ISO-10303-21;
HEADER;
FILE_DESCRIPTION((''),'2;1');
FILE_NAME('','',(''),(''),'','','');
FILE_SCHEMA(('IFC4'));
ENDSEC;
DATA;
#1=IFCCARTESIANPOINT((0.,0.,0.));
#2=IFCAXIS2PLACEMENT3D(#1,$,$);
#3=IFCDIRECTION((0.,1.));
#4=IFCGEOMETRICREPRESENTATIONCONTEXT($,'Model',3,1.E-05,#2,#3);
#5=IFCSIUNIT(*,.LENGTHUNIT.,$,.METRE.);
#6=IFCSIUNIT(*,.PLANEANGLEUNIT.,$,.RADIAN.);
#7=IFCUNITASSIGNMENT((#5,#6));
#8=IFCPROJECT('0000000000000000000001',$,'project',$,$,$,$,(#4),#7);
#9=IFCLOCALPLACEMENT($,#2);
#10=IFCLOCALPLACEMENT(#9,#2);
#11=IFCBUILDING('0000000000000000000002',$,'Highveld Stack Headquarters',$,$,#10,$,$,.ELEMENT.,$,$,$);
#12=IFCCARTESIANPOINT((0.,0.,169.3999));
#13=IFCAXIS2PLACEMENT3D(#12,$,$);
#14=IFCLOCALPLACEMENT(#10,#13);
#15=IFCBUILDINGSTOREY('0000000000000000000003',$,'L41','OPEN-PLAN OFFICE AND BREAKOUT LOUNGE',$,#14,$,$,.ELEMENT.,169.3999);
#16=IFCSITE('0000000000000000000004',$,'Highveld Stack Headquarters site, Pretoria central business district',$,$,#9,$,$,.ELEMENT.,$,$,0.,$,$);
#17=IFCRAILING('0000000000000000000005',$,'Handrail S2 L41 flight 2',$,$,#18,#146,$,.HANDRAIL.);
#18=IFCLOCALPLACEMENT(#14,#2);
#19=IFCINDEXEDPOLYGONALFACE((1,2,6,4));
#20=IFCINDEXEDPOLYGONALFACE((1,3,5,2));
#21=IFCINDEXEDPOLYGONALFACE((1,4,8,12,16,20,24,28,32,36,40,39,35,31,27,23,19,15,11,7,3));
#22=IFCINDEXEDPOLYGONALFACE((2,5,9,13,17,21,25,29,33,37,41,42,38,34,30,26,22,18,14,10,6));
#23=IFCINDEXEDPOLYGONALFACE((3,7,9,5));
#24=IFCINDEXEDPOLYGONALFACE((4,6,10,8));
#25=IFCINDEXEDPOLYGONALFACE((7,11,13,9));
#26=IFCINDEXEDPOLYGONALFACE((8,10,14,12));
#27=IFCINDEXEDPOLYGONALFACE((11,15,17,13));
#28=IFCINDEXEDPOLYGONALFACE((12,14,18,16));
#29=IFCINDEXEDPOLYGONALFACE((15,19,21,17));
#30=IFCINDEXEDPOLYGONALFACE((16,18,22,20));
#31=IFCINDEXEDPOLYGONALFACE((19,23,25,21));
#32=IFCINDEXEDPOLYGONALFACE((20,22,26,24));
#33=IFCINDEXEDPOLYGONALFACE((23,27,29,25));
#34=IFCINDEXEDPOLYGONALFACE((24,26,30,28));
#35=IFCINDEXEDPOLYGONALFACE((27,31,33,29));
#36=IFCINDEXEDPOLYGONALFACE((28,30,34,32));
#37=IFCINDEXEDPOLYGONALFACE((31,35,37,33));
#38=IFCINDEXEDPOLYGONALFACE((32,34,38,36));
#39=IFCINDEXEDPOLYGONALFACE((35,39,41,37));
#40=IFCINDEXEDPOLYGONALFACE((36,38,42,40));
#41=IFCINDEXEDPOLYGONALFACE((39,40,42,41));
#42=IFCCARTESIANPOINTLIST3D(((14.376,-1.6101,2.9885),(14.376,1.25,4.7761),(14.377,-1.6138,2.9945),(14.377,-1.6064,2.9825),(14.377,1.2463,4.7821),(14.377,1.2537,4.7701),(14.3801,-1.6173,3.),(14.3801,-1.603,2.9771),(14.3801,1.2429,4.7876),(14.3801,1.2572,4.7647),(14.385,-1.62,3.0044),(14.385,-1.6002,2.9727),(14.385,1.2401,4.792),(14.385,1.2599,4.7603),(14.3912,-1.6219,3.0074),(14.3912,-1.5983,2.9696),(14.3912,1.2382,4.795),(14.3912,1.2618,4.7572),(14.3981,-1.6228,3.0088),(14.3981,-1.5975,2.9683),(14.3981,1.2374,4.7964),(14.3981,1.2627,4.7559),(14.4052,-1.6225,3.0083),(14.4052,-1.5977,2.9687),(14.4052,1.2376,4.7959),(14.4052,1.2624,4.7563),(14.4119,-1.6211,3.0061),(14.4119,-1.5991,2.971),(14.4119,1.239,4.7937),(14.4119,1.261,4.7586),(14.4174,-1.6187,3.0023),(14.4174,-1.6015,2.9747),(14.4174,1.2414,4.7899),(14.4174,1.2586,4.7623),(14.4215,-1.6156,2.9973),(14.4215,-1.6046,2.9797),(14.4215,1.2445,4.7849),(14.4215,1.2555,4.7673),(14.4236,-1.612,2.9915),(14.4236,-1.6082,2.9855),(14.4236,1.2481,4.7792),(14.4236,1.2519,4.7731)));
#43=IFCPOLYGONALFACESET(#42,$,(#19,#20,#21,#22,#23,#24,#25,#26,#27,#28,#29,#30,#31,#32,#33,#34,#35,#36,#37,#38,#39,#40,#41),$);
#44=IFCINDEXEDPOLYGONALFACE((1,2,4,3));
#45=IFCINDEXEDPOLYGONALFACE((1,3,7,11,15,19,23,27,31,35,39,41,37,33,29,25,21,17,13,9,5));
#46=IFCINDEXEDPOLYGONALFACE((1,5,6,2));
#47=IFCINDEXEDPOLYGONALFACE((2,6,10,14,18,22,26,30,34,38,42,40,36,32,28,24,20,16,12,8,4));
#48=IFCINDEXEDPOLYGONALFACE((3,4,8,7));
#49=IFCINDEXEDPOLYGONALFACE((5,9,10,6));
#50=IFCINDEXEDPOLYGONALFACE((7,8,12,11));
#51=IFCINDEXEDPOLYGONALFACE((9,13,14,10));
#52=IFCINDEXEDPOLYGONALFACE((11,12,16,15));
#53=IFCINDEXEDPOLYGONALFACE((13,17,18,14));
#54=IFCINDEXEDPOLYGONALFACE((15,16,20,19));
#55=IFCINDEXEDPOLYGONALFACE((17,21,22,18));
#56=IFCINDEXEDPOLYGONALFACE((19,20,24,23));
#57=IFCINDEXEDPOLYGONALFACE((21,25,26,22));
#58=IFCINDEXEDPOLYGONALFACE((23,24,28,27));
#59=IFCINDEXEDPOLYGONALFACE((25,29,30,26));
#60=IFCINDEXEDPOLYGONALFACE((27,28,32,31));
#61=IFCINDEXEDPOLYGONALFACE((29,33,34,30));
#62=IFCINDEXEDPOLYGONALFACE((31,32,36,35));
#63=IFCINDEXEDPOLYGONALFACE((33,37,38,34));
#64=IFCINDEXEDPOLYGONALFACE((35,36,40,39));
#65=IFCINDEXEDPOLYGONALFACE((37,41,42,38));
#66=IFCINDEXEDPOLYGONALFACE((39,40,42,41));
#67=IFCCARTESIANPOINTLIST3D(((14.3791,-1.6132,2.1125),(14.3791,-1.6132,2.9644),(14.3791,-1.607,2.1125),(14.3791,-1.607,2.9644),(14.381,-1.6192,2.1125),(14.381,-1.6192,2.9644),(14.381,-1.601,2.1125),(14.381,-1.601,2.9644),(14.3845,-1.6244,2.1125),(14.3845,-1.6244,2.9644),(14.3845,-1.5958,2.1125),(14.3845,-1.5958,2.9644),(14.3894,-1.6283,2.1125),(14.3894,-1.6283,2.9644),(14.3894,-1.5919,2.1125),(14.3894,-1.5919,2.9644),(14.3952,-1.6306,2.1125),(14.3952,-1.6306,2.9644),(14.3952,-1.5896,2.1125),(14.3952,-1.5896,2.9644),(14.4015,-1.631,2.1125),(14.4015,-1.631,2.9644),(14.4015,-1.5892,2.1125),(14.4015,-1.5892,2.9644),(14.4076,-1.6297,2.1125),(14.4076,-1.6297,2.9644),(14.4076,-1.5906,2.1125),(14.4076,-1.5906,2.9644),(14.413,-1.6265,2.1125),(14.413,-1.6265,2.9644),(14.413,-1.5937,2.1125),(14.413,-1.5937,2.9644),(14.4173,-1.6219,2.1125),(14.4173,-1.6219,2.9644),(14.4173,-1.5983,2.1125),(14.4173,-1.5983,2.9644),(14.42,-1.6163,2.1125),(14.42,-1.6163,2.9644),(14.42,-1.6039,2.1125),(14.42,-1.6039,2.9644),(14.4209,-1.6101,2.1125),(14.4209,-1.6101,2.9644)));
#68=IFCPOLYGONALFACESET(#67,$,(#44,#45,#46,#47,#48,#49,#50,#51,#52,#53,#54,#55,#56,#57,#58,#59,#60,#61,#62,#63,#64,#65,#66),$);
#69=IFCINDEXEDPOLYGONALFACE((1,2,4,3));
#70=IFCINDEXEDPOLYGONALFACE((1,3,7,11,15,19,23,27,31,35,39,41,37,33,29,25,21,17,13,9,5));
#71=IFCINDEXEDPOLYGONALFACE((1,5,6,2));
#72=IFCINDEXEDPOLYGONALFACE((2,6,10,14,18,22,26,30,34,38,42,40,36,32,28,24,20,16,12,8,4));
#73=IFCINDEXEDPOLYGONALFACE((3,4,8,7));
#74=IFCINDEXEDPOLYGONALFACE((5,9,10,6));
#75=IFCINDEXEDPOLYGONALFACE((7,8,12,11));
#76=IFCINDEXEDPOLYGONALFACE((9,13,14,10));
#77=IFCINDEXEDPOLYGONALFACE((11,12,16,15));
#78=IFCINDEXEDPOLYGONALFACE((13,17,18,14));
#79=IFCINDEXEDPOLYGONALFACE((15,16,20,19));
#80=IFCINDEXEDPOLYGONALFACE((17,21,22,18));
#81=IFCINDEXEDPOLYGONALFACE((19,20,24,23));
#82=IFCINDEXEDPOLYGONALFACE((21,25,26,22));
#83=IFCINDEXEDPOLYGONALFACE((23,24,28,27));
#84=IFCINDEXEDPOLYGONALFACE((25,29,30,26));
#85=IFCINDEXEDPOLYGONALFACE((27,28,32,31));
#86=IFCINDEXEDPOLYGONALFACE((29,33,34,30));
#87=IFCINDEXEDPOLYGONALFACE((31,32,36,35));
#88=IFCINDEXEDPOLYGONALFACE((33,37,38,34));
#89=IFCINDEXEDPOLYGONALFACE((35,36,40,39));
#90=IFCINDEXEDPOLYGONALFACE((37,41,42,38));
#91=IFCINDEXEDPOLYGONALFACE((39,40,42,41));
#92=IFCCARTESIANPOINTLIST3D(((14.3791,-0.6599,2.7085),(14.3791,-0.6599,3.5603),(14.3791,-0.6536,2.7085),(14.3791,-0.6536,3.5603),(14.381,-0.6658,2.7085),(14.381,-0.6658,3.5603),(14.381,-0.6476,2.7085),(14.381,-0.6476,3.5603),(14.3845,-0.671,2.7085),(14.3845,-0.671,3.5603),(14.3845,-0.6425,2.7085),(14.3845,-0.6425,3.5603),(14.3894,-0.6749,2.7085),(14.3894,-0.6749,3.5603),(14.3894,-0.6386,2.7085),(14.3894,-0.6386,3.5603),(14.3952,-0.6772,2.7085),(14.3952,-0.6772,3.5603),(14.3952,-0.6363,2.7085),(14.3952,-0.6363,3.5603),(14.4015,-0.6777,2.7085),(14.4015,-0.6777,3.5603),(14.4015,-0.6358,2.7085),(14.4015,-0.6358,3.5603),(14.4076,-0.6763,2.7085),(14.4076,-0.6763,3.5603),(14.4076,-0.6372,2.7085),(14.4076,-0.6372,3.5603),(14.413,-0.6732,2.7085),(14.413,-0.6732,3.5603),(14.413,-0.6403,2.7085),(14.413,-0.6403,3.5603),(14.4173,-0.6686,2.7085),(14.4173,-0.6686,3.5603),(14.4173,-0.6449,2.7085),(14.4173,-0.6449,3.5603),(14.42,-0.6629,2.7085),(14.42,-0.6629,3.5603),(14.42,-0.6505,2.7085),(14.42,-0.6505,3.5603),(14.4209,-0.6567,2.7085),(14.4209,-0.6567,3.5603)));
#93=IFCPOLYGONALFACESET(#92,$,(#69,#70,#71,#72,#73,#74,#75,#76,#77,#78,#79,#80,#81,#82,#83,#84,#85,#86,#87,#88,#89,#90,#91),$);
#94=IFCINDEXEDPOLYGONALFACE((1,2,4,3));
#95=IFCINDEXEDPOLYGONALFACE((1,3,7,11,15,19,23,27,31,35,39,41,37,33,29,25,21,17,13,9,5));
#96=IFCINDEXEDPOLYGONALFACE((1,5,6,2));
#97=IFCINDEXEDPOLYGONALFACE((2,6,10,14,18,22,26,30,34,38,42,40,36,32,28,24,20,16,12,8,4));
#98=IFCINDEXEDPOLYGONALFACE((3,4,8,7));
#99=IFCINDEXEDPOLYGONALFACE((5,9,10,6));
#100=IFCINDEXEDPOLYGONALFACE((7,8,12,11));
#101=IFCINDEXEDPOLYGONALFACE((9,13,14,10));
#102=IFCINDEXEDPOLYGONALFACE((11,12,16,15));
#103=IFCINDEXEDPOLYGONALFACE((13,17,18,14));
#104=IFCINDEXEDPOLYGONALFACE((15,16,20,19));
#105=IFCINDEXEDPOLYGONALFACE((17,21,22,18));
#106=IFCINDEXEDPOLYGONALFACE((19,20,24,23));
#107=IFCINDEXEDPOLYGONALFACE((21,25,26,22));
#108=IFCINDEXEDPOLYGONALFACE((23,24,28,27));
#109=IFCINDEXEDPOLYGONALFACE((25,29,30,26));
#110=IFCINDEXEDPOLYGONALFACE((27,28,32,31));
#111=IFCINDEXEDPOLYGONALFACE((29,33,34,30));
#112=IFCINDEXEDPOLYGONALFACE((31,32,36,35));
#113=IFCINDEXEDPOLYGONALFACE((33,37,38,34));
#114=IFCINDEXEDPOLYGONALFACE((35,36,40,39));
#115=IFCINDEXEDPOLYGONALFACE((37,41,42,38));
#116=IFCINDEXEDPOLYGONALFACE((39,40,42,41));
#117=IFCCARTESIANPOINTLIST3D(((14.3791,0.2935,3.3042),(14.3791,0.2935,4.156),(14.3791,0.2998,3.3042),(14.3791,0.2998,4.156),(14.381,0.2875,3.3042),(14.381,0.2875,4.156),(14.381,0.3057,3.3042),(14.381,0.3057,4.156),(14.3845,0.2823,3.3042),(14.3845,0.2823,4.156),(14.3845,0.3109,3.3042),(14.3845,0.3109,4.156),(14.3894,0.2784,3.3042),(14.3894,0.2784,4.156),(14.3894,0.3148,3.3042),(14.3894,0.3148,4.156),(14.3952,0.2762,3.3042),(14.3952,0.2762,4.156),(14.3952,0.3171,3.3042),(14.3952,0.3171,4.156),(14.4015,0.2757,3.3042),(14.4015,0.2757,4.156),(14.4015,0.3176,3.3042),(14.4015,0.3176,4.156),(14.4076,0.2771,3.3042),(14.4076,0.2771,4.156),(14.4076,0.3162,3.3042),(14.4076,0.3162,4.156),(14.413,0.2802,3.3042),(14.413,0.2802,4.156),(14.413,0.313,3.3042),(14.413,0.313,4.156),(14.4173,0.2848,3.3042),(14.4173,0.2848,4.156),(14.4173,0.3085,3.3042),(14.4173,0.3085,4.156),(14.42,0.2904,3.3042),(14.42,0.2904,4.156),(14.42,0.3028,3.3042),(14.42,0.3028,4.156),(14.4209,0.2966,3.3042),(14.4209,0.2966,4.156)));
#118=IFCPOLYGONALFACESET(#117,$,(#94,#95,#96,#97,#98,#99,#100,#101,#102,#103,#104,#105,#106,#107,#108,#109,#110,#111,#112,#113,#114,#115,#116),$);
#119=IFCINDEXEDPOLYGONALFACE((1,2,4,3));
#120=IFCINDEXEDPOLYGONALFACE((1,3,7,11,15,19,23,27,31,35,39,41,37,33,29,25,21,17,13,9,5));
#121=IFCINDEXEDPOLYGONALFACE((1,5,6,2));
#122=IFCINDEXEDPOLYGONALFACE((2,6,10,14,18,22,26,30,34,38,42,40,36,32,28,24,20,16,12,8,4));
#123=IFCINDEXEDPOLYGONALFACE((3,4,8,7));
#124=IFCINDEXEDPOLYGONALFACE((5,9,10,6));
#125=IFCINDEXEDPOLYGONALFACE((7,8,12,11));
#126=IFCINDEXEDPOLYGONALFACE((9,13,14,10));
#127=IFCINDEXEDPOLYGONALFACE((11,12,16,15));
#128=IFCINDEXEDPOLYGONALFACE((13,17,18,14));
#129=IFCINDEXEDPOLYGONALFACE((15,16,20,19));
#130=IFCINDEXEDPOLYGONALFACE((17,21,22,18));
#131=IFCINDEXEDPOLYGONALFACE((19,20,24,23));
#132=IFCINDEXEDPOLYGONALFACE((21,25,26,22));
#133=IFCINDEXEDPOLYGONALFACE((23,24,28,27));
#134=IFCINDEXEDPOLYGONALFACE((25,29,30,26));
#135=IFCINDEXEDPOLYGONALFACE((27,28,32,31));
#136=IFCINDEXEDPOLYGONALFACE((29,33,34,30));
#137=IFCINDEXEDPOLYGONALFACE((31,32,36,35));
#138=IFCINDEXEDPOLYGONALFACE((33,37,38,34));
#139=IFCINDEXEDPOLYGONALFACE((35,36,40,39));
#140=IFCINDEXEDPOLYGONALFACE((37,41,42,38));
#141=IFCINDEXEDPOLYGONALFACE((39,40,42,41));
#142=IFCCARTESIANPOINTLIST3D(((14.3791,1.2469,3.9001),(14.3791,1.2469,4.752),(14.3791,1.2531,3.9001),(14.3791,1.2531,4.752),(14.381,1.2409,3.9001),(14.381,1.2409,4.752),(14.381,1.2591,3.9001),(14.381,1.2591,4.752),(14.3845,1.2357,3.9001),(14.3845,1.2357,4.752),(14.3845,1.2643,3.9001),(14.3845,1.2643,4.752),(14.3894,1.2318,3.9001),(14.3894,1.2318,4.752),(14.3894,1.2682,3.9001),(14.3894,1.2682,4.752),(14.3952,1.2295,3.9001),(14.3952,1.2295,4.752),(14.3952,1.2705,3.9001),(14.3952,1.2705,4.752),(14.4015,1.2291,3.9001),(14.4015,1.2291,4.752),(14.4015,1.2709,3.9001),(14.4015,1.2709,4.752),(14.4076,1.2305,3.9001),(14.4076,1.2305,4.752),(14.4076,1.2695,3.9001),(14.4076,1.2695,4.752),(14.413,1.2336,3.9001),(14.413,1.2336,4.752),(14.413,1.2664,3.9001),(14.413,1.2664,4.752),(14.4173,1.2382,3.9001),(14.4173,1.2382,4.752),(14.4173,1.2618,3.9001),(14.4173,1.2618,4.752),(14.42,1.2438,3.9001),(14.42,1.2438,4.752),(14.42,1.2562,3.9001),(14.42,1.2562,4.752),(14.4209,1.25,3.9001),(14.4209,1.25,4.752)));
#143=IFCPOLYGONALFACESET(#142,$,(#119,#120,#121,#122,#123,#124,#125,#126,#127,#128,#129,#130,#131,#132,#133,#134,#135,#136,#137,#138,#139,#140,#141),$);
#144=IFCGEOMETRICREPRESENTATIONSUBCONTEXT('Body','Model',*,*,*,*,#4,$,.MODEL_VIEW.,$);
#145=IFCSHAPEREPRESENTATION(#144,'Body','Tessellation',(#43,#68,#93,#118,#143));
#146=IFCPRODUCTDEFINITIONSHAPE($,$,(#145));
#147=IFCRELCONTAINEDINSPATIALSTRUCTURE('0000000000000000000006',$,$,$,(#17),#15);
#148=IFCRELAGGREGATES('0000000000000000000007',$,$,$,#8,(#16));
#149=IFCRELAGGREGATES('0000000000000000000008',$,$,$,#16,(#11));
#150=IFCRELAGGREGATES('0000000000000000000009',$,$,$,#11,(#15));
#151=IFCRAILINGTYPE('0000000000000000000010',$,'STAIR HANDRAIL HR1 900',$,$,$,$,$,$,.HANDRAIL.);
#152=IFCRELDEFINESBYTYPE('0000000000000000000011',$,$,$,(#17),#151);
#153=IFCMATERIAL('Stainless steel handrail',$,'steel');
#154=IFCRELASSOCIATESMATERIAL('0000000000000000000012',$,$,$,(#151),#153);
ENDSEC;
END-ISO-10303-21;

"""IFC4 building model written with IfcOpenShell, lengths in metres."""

from ifc_helpers import new_model, si_unit, direction, frame, origin, origin_2d, place, context, subcontext, project, spatial, circle, extrude, material, type_object, element, save


model = new_model("IFC4")

# Units and contexts
model_context = context("Model", 3, precision=1e-05, world=origin(), true_north=direction((0.0, 1.0)))
body_context = subcontext(model_context, "Body", "Model", "MODEL_VIEW")
ifc_project = project(units=[si_unit("LENGTHUNIT", "METRE"), si_unit("PLANEANGLEUNIT", "RADIAN")], contexts=[model_context])

# Site, building, storey
site_placement = place(None, origin())
site = spatial("IfcSite", under=ifc_project, at=site_placement, Name="Highveld Stack Headquarters site, Pretoria central business district", CompositionType="ELEMENT", RefElevation=0.0)
building_placement = place(site_placement, origin())
building = spatial("IfcBuilding", under=site, at=building_placement, Name="Highveld Stack Headquarters", CompositionType="ELEMENT")
storey_placement = place(building_placement, frame((0.0, 0.0, 169.3999)))
storey = spatial("IfcBuildingStorey", under=building, at=storey_placement, Name="L41", Description="OPEN-PLAN OFFICE AND BREAKOUT LOUNGE", CompositionType="ELEMENT", Elevation=169.3999)

# Railing
ifc_material_1 = material(Name="Stainless steel handrail", Category="steel")
railing_type = type_object("IfcRailingType", Name="STAIR HANDRAIL HR1 900", PredefinedType="HANDRAIL", material=ifc_material_1)
for number, where, name in (
    (1, (14.3999, -1.6101, 2.1125), "Handrail S2 L41 flight 2"),
):
    element("IfcRailing", number, at=place(storey_placement, frame(where)), inside=storey, type_object=railing_type, Name=name, PredefinedType="HANDRAIL", context=body_context, shape_type="SweptSolid", body=[
        extrude(circle(Radius=0.0239, at=origin_2d()), frame((0.0, 0.0, 0.876), z_axis=(0.0, 0.847994, 0.530005), x_axis=(-1.0, 0.0, 0.0)), (0.0, 0.0, 1.0), 3.3728),
        extrude(circle(Radius=0.021, at=origin_2d()), origin(), (0.0, 0.0, 1.0), 0.8518),
        extrude(circle(Radius=0.021, at=origin_2d()), frame((0.0, 0.9534, 0.5959)), (0.0, 0.0, 1.0), 0.8518),
        extrude(circle(Radius=0.021, at=origin_2d()), frame((0.0, 1.9067, 1.1917)), (0.0, 0.0, 1.0), 0.8518),
        extrude(circle(Radius=0.021, at=origin_2d()), frame((0.0, 2.8601, 1.7876)), (0.0, 0.0, 1.0), 0.8518),
    ])

save(model, "model.ifc")
